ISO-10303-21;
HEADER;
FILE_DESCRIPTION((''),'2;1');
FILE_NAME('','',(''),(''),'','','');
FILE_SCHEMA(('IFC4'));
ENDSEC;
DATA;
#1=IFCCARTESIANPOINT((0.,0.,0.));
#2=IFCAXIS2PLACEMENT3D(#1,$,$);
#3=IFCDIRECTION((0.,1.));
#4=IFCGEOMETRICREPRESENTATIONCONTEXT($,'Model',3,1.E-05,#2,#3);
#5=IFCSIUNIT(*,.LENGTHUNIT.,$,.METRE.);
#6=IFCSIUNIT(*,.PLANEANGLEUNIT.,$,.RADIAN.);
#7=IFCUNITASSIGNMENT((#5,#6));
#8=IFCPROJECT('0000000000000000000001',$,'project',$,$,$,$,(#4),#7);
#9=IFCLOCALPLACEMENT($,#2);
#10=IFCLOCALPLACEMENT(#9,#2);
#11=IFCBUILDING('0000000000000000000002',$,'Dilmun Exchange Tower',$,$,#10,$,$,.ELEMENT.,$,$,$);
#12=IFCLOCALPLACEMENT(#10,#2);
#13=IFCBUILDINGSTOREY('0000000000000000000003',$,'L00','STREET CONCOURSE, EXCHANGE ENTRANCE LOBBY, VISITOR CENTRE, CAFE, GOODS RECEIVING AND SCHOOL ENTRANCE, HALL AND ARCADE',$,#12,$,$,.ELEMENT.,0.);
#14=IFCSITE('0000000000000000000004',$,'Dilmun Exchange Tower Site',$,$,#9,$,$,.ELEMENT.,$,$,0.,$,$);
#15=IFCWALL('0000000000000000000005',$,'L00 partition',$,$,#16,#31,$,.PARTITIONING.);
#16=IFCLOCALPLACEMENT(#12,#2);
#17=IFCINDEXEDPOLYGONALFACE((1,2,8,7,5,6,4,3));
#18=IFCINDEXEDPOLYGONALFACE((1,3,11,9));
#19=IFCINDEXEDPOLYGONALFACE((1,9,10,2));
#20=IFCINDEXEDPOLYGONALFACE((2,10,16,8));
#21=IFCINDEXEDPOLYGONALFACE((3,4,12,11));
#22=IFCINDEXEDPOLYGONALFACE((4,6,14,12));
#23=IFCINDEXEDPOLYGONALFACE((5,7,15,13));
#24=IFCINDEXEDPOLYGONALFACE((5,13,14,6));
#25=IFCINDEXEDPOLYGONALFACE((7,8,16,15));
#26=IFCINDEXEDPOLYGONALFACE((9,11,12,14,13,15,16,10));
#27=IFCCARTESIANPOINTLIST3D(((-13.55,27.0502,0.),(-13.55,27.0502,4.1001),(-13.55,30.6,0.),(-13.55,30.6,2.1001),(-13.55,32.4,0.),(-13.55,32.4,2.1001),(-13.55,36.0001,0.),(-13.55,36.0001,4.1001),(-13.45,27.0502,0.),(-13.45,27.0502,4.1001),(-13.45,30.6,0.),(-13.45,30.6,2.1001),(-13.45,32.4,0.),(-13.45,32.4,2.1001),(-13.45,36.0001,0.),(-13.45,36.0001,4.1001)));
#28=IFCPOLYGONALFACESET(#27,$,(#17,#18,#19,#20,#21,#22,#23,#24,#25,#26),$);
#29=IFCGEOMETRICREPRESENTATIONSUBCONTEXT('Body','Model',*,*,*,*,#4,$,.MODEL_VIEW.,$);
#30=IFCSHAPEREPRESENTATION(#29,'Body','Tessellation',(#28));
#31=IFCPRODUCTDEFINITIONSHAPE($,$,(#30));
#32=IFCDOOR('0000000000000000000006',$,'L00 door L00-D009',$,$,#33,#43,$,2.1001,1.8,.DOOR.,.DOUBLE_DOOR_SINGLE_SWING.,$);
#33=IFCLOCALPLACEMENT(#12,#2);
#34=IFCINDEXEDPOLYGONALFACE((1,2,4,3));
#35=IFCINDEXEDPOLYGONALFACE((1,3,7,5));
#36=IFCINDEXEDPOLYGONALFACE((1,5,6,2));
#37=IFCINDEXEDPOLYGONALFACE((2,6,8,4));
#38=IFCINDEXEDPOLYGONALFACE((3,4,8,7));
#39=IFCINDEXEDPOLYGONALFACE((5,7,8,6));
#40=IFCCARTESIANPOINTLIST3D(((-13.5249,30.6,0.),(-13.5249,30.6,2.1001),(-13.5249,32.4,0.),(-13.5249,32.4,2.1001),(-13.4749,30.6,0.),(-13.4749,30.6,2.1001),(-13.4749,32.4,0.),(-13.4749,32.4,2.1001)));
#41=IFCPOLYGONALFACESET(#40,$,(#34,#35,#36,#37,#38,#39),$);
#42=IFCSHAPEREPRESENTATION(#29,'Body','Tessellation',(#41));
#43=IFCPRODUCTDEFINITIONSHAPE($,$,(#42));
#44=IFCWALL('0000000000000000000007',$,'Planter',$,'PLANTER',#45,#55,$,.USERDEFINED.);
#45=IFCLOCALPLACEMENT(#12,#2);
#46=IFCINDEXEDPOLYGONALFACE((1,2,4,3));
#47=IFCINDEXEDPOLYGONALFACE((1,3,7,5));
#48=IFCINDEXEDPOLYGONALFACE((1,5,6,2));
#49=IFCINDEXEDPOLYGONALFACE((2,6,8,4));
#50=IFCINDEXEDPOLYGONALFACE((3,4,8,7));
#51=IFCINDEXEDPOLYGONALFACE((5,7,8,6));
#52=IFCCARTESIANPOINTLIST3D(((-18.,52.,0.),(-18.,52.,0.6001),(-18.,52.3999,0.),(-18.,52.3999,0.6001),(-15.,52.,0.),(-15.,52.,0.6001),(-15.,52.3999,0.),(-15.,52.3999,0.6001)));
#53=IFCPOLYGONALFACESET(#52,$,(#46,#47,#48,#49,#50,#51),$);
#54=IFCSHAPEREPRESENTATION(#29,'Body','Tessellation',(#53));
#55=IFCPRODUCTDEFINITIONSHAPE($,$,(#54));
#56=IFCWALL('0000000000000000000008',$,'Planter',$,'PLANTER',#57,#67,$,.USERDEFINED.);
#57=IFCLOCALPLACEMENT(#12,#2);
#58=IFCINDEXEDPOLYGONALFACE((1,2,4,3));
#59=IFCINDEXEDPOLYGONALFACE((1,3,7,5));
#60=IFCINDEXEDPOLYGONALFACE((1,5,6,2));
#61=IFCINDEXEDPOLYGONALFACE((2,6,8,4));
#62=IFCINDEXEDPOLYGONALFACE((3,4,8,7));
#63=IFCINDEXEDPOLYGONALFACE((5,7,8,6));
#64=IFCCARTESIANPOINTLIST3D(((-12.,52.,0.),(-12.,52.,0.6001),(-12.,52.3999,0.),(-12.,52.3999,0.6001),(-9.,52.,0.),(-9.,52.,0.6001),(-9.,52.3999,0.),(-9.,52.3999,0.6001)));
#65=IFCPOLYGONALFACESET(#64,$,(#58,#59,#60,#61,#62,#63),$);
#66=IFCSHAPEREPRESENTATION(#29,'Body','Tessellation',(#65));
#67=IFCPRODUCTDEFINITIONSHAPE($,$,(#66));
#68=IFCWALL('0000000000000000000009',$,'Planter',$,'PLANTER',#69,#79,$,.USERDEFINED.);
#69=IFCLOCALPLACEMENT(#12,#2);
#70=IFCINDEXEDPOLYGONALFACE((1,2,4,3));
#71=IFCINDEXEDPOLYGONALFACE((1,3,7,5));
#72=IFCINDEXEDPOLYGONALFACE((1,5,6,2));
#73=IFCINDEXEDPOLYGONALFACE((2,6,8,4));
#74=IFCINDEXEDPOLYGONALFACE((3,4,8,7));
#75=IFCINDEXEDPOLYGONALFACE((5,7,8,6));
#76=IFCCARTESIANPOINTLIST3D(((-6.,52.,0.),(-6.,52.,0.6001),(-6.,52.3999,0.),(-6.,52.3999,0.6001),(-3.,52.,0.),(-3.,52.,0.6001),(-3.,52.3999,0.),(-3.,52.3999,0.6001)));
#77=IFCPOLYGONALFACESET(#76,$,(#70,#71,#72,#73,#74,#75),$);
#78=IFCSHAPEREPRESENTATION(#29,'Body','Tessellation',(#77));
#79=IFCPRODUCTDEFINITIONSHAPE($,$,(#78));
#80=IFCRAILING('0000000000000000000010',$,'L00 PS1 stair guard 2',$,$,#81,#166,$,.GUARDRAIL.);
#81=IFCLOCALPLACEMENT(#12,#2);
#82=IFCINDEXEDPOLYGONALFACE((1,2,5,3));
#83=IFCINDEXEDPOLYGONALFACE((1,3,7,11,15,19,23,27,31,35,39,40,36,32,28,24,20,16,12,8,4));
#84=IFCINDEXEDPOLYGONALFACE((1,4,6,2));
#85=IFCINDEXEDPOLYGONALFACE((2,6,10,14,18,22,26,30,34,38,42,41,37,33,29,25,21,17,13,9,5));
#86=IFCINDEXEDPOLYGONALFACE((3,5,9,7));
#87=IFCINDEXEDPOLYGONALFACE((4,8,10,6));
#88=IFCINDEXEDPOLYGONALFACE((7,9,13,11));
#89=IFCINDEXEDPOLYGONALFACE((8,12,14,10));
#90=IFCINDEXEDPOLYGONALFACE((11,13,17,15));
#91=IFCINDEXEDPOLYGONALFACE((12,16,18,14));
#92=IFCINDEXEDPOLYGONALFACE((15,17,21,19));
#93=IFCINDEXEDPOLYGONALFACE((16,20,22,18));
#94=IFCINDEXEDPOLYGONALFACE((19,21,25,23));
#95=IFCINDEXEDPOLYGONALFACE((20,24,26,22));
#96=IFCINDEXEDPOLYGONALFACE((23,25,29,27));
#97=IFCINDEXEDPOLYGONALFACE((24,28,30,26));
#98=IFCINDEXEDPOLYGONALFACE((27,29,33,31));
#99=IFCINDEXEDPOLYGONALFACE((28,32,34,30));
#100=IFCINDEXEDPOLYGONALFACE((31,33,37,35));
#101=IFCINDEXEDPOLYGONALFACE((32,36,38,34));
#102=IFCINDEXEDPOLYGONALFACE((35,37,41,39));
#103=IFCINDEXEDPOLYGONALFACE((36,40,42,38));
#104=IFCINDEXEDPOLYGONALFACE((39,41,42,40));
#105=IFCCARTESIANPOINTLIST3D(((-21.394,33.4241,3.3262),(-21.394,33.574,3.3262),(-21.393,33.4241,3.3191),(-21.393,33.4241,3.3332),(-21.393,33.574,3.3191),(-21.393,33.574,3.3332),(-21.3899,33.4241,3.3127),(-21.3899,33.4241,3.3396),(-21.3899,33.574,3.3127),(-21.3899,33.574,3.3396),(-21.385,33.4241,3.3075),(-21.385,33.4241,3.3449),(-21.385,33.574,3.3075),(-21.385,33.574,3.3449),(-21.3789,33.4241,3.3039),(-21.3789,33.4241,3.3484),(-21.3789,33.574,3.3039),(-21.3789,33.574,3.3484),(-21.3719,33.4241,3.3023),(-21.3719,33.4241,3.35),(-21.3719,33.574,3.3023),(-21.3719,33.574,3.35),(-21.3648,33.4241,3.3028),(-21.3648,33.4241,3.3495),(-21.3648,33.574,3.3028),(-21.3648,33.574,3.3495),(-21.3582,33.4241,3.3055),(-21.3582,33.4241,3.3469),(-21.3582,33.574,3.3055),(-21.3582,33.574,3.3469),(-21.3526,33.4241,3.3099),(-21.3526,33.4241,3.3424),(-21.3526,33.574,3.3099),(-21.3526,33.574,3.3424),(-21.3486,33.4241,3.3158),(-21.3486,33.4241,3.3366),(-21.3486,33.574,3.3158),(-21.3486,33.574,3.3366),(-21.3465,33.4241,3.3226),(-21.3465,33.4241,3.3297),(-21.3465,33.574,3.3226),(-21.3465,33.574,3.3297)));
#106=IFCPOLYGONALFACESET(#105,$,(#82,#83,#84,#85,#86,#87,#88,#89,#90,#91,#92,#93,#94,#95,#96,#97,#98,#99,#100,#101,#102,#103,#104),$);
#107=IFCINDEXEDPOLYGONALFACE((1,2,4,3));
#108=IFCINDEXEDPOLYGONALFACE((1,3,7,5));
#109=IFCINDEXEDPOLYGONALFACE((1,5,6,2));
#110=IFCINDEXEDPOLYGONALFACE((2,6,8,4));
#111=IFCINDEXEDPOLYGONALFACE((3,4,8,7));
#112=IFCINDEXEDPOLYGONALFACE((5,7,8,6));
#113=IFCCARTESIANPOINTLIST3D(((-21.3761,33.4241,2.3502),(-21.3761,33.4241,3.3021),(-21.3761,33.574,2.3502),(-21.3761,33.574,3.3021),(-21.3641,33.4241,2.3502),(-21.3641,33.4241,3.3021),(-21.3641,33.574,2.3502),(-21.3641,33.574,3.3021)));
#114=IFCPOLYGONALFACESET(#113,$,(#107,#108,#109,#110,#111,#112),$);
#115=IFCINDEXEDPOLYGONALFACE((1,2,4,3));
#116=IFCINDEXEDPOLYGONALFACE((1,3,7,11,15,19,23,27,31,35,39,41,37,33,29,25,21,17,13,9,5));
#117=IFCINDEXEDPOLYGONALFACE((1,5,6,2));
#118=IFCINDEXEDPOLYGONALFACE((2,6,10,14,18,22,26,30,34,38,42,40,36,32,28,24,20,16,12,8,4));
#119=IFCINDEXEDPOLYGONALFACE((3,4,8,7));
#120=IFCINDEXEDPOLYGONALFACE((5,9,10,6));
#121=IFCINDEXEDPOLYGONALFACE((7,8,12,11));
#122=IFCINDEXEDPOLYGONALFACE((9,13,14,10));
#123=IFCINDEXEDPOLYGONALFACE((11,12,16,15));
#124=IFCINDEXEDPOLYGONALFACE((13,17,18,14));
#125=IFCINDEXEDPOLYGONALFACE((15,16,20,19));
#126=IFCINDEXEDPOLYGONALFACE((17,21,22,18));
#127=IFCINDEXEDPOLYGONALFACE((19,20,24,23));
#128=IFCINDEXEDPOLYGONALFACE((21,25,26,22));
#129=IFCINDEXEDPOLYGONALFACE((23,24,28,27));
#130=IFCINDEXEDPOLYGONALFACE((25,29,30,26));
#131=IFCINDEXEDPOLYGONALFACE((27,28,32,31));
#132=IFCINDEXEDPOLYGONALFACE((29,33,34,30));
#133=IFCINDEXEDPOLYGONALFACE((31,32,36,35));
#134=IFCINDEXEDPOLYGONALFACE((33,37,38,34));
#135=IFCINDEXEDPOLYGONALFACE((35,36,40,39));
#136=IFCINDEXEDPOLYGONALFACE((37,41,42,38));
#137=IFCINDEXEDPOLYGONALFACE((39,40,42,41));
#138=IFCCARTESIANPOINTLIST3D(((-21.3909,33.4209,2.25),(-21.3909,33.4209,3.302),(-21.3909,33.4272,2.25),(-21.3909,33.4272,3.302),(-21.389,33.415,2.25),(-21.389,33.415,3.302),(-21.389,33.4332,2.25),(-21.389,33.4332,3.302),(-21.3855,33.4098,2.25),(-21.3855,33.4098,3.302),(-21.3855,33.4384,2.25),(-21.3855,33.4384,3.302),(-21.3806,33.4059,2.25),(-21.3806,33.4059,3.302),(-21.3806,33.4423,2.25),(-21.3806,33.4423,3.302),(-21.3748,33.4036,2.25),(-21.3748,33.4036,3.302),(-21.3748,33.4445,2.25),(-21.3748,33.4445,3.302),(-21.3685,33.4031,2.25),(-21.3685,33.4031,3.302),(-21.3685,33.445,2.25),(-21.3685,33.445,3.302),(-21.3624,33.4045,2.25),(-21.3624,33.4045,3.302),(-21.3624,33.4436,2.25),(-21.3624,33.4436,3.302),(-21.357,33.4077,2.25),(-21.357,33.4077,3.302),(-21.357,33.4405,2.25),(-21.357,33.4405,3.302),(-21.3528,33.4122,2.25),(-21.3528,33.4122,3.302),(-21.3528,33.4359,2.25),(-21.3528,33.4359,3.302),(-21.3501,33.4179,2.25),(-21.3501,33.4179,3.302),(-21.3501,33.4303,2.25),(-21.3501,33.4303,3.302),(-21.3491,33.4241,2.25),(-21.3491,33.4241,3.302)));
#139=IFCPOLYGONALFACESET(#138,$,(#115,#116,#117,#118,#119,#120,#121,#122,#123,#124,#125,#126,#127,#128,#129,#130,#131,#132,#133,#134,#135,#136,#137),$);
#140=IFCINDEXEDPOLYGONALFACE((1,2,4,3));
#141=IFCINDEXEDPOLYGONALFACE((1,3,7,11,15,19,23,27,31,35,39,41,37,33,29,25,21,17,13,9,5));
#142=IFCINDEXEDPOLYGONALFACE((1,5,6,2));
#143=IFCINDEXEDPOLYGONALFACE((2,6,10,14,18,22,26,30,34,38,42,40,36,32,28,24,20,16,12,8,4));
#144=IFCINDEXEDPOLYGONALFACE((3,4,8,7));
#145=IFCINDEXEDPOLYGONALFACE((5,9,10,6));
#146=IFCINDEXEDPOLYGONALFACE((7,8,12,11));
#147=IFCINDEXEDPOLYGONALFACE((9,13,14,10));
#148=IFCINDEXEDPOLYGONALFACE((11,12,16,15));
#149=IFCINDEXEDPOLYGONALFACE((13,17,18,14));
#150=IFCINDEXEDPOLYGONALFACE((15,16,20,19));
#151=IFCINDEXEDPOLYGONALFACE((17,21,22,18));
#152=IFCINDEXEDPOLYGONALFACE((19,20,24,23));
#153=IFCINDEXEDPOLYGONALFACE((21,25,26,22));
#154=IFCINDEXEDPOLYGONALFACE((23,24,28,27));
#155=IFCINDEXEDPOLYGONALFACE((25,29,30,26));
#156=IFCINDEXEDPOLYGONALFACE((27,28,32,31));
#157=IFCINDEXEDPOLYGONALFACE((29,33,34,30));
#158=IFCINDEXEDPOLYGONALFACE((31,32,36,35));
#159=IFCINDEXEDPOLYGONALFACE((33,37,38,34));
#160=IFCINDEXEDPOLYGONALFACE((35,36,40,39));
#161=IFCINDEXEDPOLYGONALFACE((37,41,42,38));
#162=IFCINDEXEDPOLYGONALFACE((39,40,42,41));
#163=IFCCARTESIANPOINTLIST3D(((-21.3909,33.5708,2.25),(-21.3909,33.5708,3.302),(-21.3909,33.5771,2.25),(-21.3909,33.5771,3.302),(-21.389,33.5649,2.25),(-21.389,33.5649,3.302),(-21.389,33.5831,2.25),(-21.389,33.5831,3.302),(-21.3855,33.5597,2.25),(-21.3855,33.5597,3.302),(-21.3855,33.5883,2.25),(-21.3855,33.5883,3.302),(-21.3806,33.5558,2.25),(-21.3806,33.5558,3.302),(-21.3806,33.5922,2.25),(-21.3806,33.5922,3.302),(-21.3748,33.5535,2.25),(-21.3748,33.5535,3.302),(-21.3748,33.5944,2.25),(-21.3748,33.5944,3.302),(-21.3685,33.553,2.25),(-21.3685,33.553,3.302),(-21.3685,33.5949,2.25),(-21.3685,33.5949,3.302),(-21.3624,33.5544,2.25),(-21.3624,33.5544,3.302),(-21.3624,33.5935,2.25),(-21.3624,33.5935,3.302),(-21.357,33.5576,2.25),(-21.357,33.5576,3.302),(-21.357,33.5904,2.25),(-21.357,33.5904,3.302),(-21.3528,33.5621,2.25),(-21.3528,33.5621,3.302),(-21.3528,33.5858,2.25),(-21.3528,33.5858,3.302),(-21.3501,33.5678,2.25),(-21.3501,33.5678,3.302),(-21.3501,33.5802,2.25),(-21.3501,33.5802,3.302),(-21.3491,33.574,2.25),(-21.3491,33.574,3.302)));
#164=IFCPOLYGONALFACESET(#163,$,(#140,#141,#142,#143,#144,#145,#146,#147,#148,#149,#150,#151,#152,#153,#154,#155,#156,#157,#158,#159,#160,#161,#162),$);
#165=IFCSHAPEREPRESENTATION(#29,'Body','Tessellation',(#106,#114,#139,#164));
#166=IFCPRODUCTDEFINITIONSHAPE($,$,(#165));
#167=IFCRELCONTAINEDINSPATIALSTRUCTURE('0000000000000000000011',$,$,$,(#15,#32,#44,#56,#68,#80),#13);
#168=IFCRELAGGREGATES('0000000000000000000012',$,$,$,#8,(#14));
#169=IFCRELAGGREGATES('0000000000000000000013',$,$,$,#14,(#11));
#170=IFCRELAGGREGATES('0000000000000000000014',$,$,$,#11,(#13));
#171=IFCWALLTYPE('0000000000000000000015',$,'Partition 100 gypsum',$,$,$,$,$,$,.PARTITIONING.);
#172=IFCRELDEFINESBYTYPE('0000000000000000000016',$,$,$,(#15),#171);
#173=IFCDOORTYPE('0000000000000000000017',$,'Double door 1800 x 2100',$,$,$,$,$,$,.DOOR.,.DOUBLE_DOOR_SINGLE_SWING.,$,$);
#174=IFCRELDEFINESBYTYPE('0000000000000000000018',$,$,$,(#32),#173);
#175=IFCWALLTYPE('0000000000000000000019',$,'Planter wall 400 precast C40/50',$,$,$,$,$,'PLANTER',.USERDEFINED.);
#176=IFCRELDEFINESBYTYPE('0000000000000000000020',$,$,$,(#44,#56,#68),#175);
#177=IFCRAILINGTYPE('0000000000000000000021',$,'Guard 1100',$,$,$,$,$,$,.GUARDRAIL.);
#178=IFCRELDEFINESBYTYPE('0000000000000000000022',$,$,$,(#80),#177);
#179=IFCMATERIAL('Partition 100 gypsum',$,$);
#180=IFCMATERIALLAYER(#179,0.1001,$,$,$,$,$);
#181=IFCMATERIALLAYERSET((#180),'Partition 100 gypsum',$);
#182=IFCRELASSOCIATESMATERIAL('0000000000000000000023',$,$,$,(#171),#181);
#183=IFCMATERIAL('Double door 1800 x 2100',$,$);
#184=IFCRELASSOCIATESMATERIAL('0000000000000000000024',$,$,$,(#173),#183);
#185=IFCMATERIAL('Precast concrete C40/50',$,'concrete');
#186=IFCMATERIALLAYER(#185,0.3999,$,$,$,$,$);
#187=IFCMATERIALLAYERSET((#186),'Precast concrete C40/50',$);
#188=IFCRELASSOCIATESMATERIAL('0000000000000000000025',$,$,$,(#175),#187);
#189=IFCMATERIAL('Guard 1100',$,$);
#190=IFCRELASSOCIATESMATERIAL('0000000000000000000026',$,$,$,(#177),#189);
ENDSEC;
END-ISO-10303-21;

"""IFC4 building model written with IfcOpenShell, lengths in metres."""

from ifc_helpers import new_model, si_unit, direction, frame, frame_2d, origin, origin_2d, place, context, subcontext, project, spatial, rectangle, circle, extrude, material, layer, layer_set, type_object, element, fill, save


model = new_model("IFC4")

# Units and contexts
model_context = context("Model", 3, precision=1e-05, world=origin(), true_north=direction((0.0, 1.0)))
body_context = subcontext(model_context, "Body", "Model", "MODEL_VIEW")
ifc_project = project(units=[si_unit("LENGTHUNIT", "METRE"), si_unit("PLANEANGLEUNIT", "RADIAN")], contexts=[model_context])

# Site, building, storey
site_placement = place(None, origin())
site = spatial("IfcSite", under=ifc_project, at=site_placement, Name="Dilmun Exchange Tower Site", CompositionType="ELEMENT", RefElevation=0.0)
building_placement = place(site_placement, origin())
building = spatial("IfcBuilding", under=site, at=building_placement, Name="Dilmun Exchange Tower", CompositionType="ELEMENT")
storey_placement = place(building_placement, origin())
storey = spatial("IfcBuildingStorey", under=building, at=storey_placement, Name="L00", Description="STREET CONCOURSE, EXCHANGE ENTRANCE LOBBY, VISITOR CENTRE, CAFE, GOODS RECEIVING AND SCHOOL ENTRANCE, HALL AND ARCADE", CompositionType="ELEMENT", Elevation=0.0)

# Shared definitions
ifc_material_1 = material(Name="Partition 100 gypsum")
ifc_layer_1 = layer(ifc_material_1, 0.1001)
ifc_layer_set_1 = layer_set([ifc_layer_1], Name="Partition 100 gypsum")
wall_type_1 = type_object("IfcWallType", Name="Partition 100 gypsum", PredefinedType="PARTITIONING", material=ifc_layer_set_1)

# Wall, opening, door
wall_1_placement = place(storey_placement, frame((-13.5, 27.05, 0.0), z_axis=(0.0, 0.0, 1.0), x_axis=(0.0, 1.0, 0.0)))
wall_1 = element("IfcWall", 1, at=wall_1_placement, inside=storey, type_object=wall_type_1, Name="L00 partition", PredefinedType="PARTITIONING", context=body_context, shape_type="SweptSolid", body=[
    extrude(rectangle(XDim=8.95, YDim=0.1001, at=frame_2d((4.4751, 0.0))), origin(), (0.0, 0.0, 1.0), 4.1001),
])
opening_1_placement = place(wall_1_placement, frame((3.55, 0.0, 0.0)))
opening_1 = element("IfcOpeningElement", 2, at=opening_1_placement, cuts=wall_1, PredefinedType="OPENING", context=body_context, shape_type="SweptSolid", body=[
    extrude(rectangle(XDim=1.8, YDim=2.1001, at=frame_2d((0.8999, 1.05))), frame((0.0, 0.0601, 0.0), z_axis=(0.0, -1.0, 0.0), x_axis=(1.0, 0.0, 0.0)), (0.0, 0.0, 1.0), 0.1201),
])
ifc_material_2 = material(Name="Double door 1800 x 2100")
door_type_1 = type_object("IfcDoorType", Name="Double door 1800 x 2100", OperationType="DOUBLE_DOOR_SINGLE_SWING", PredefinedType="DOOR", material=ifc_material_2)
door_1_placement = place(opening_1_placement, origin())
door_1 = element("IfcDoor", 3, at=door_1_placement, inside=storey, type_object=door_type_1, Name="L00 door L00-D009", OperationType="DOUBLE_DOOR_SINGLE_SWING", OverallHeight=2.1001, OverallWidth=1.8, PredefinedType="DOOR", context=body_context, shape_type="SweptSolid", body=[
    extrude(rectangle(XDim=1.8, YDim=2.1001, at=frame_2d((0.8999, 1.05))), frame((0.0, 0.0249, 0.0), z_axis=(0.0, -1.0, 0.0), x_axis=(1.0, 0.0, 0.0)), (0.0, 0.0, 1.0), 0.05),
])
fill(opening_1, door_1)

# Walls
ifc_material_3 = material(Name="Precast concrete C40/50", Category="concrete")
ifc_layer_2 = layer(ifc_material_3, 0.3999)
ifc_layer_set_2 = layer_set([ifc_layer_2], Name="Precast concrete C40/50")
wall_type_2 = type_object("IfcWallType", Name="Planter wall 400 precast C40/50", ElementType="PLANTER", PredefinedType="USERDEFINED", material=ifc_layer_set_2)
for number, where, z_axis, x_axis, name in (
    (4, (-18.0, 52.2, 0.0), (0.0, 0.0, 1.0), (1.0, 0.0, 0.0), "Planter"),
    (5, (-12.0, 52.2, 0.0), (0.0, 0.0, 1.0), (1.0, 0.0, 0.0), "Planter"),
    (6, (-6.0, 52.2, 0.0), (0.0, 0.0, 1.0), (1.0, 0.0, 0.0), "Planter"),
):
    element("IfcWall", number, at=place(storey_placement, frame(where, z_axis=z_axis, x_axis=x_axis)), inside=storey, type_object=wall_type_2, Name=name, ObjectType="PLANTER", PredefinedType="USERDEFINED", context=body_context, shape_type="SweptSolid", body=[
        extrude(rectangle(XDim=3.0, YDim=0.3999, at=frame_2d((1.5, 0.0))), origin(), (0.0, 0.0, 1.0), 0.6001),
    ])

# Railing
ifc_material_4 = material(Name="Guard 1100")
railing_type_1 = type_object("IfcRailingType", Name="Guard 1100", PredefinedType="GUARDRAIL", material=ifc_material_4)
railing_1_placement = place(storey_placement, frame((-21.3701, 33.4241, 2.25)))
element("IfcRailing", 7, at=railing_1_placement, inside=storey, type_object=railing_type_1, Name="L00 PS1 stair guard 2", PredefinedType="GUARDRAIL", context=body_context, shape_type="SweptSolid", body=[
    extrude(circle(Radius=0.0239, at=origin_2d()), frame((0.0, 0.0, 1.0762), z_axis=(0.0, 1.0, 0.0), x_axis=(-1.0, 0.0, 0.0)), (0.0, 0.0, 1.0), 0.1499),
    extrude(rectangle(XDim=0.012, YDim=0.9519, at=origin_2d()), frame((0.0, 0.0, 0.5762), z_axis=(0.0, 1.0, 0.0), x_axis=(-1.0, 0.0, 0.0)), (0.0, 0.0, 1.0), 0.1499),
    extrude(circle(Radius=0.021, at=origin_2d()), origin(), (0.0, 0.0, 1.0), 1.052),
    extrude(circle(Radius=0.021, at=origin_2d()), frame((0.0, 0.1499, 0.0)), (0.0, 0.0, 1.0), 1.052),
])

save(model, "model.ifc")
